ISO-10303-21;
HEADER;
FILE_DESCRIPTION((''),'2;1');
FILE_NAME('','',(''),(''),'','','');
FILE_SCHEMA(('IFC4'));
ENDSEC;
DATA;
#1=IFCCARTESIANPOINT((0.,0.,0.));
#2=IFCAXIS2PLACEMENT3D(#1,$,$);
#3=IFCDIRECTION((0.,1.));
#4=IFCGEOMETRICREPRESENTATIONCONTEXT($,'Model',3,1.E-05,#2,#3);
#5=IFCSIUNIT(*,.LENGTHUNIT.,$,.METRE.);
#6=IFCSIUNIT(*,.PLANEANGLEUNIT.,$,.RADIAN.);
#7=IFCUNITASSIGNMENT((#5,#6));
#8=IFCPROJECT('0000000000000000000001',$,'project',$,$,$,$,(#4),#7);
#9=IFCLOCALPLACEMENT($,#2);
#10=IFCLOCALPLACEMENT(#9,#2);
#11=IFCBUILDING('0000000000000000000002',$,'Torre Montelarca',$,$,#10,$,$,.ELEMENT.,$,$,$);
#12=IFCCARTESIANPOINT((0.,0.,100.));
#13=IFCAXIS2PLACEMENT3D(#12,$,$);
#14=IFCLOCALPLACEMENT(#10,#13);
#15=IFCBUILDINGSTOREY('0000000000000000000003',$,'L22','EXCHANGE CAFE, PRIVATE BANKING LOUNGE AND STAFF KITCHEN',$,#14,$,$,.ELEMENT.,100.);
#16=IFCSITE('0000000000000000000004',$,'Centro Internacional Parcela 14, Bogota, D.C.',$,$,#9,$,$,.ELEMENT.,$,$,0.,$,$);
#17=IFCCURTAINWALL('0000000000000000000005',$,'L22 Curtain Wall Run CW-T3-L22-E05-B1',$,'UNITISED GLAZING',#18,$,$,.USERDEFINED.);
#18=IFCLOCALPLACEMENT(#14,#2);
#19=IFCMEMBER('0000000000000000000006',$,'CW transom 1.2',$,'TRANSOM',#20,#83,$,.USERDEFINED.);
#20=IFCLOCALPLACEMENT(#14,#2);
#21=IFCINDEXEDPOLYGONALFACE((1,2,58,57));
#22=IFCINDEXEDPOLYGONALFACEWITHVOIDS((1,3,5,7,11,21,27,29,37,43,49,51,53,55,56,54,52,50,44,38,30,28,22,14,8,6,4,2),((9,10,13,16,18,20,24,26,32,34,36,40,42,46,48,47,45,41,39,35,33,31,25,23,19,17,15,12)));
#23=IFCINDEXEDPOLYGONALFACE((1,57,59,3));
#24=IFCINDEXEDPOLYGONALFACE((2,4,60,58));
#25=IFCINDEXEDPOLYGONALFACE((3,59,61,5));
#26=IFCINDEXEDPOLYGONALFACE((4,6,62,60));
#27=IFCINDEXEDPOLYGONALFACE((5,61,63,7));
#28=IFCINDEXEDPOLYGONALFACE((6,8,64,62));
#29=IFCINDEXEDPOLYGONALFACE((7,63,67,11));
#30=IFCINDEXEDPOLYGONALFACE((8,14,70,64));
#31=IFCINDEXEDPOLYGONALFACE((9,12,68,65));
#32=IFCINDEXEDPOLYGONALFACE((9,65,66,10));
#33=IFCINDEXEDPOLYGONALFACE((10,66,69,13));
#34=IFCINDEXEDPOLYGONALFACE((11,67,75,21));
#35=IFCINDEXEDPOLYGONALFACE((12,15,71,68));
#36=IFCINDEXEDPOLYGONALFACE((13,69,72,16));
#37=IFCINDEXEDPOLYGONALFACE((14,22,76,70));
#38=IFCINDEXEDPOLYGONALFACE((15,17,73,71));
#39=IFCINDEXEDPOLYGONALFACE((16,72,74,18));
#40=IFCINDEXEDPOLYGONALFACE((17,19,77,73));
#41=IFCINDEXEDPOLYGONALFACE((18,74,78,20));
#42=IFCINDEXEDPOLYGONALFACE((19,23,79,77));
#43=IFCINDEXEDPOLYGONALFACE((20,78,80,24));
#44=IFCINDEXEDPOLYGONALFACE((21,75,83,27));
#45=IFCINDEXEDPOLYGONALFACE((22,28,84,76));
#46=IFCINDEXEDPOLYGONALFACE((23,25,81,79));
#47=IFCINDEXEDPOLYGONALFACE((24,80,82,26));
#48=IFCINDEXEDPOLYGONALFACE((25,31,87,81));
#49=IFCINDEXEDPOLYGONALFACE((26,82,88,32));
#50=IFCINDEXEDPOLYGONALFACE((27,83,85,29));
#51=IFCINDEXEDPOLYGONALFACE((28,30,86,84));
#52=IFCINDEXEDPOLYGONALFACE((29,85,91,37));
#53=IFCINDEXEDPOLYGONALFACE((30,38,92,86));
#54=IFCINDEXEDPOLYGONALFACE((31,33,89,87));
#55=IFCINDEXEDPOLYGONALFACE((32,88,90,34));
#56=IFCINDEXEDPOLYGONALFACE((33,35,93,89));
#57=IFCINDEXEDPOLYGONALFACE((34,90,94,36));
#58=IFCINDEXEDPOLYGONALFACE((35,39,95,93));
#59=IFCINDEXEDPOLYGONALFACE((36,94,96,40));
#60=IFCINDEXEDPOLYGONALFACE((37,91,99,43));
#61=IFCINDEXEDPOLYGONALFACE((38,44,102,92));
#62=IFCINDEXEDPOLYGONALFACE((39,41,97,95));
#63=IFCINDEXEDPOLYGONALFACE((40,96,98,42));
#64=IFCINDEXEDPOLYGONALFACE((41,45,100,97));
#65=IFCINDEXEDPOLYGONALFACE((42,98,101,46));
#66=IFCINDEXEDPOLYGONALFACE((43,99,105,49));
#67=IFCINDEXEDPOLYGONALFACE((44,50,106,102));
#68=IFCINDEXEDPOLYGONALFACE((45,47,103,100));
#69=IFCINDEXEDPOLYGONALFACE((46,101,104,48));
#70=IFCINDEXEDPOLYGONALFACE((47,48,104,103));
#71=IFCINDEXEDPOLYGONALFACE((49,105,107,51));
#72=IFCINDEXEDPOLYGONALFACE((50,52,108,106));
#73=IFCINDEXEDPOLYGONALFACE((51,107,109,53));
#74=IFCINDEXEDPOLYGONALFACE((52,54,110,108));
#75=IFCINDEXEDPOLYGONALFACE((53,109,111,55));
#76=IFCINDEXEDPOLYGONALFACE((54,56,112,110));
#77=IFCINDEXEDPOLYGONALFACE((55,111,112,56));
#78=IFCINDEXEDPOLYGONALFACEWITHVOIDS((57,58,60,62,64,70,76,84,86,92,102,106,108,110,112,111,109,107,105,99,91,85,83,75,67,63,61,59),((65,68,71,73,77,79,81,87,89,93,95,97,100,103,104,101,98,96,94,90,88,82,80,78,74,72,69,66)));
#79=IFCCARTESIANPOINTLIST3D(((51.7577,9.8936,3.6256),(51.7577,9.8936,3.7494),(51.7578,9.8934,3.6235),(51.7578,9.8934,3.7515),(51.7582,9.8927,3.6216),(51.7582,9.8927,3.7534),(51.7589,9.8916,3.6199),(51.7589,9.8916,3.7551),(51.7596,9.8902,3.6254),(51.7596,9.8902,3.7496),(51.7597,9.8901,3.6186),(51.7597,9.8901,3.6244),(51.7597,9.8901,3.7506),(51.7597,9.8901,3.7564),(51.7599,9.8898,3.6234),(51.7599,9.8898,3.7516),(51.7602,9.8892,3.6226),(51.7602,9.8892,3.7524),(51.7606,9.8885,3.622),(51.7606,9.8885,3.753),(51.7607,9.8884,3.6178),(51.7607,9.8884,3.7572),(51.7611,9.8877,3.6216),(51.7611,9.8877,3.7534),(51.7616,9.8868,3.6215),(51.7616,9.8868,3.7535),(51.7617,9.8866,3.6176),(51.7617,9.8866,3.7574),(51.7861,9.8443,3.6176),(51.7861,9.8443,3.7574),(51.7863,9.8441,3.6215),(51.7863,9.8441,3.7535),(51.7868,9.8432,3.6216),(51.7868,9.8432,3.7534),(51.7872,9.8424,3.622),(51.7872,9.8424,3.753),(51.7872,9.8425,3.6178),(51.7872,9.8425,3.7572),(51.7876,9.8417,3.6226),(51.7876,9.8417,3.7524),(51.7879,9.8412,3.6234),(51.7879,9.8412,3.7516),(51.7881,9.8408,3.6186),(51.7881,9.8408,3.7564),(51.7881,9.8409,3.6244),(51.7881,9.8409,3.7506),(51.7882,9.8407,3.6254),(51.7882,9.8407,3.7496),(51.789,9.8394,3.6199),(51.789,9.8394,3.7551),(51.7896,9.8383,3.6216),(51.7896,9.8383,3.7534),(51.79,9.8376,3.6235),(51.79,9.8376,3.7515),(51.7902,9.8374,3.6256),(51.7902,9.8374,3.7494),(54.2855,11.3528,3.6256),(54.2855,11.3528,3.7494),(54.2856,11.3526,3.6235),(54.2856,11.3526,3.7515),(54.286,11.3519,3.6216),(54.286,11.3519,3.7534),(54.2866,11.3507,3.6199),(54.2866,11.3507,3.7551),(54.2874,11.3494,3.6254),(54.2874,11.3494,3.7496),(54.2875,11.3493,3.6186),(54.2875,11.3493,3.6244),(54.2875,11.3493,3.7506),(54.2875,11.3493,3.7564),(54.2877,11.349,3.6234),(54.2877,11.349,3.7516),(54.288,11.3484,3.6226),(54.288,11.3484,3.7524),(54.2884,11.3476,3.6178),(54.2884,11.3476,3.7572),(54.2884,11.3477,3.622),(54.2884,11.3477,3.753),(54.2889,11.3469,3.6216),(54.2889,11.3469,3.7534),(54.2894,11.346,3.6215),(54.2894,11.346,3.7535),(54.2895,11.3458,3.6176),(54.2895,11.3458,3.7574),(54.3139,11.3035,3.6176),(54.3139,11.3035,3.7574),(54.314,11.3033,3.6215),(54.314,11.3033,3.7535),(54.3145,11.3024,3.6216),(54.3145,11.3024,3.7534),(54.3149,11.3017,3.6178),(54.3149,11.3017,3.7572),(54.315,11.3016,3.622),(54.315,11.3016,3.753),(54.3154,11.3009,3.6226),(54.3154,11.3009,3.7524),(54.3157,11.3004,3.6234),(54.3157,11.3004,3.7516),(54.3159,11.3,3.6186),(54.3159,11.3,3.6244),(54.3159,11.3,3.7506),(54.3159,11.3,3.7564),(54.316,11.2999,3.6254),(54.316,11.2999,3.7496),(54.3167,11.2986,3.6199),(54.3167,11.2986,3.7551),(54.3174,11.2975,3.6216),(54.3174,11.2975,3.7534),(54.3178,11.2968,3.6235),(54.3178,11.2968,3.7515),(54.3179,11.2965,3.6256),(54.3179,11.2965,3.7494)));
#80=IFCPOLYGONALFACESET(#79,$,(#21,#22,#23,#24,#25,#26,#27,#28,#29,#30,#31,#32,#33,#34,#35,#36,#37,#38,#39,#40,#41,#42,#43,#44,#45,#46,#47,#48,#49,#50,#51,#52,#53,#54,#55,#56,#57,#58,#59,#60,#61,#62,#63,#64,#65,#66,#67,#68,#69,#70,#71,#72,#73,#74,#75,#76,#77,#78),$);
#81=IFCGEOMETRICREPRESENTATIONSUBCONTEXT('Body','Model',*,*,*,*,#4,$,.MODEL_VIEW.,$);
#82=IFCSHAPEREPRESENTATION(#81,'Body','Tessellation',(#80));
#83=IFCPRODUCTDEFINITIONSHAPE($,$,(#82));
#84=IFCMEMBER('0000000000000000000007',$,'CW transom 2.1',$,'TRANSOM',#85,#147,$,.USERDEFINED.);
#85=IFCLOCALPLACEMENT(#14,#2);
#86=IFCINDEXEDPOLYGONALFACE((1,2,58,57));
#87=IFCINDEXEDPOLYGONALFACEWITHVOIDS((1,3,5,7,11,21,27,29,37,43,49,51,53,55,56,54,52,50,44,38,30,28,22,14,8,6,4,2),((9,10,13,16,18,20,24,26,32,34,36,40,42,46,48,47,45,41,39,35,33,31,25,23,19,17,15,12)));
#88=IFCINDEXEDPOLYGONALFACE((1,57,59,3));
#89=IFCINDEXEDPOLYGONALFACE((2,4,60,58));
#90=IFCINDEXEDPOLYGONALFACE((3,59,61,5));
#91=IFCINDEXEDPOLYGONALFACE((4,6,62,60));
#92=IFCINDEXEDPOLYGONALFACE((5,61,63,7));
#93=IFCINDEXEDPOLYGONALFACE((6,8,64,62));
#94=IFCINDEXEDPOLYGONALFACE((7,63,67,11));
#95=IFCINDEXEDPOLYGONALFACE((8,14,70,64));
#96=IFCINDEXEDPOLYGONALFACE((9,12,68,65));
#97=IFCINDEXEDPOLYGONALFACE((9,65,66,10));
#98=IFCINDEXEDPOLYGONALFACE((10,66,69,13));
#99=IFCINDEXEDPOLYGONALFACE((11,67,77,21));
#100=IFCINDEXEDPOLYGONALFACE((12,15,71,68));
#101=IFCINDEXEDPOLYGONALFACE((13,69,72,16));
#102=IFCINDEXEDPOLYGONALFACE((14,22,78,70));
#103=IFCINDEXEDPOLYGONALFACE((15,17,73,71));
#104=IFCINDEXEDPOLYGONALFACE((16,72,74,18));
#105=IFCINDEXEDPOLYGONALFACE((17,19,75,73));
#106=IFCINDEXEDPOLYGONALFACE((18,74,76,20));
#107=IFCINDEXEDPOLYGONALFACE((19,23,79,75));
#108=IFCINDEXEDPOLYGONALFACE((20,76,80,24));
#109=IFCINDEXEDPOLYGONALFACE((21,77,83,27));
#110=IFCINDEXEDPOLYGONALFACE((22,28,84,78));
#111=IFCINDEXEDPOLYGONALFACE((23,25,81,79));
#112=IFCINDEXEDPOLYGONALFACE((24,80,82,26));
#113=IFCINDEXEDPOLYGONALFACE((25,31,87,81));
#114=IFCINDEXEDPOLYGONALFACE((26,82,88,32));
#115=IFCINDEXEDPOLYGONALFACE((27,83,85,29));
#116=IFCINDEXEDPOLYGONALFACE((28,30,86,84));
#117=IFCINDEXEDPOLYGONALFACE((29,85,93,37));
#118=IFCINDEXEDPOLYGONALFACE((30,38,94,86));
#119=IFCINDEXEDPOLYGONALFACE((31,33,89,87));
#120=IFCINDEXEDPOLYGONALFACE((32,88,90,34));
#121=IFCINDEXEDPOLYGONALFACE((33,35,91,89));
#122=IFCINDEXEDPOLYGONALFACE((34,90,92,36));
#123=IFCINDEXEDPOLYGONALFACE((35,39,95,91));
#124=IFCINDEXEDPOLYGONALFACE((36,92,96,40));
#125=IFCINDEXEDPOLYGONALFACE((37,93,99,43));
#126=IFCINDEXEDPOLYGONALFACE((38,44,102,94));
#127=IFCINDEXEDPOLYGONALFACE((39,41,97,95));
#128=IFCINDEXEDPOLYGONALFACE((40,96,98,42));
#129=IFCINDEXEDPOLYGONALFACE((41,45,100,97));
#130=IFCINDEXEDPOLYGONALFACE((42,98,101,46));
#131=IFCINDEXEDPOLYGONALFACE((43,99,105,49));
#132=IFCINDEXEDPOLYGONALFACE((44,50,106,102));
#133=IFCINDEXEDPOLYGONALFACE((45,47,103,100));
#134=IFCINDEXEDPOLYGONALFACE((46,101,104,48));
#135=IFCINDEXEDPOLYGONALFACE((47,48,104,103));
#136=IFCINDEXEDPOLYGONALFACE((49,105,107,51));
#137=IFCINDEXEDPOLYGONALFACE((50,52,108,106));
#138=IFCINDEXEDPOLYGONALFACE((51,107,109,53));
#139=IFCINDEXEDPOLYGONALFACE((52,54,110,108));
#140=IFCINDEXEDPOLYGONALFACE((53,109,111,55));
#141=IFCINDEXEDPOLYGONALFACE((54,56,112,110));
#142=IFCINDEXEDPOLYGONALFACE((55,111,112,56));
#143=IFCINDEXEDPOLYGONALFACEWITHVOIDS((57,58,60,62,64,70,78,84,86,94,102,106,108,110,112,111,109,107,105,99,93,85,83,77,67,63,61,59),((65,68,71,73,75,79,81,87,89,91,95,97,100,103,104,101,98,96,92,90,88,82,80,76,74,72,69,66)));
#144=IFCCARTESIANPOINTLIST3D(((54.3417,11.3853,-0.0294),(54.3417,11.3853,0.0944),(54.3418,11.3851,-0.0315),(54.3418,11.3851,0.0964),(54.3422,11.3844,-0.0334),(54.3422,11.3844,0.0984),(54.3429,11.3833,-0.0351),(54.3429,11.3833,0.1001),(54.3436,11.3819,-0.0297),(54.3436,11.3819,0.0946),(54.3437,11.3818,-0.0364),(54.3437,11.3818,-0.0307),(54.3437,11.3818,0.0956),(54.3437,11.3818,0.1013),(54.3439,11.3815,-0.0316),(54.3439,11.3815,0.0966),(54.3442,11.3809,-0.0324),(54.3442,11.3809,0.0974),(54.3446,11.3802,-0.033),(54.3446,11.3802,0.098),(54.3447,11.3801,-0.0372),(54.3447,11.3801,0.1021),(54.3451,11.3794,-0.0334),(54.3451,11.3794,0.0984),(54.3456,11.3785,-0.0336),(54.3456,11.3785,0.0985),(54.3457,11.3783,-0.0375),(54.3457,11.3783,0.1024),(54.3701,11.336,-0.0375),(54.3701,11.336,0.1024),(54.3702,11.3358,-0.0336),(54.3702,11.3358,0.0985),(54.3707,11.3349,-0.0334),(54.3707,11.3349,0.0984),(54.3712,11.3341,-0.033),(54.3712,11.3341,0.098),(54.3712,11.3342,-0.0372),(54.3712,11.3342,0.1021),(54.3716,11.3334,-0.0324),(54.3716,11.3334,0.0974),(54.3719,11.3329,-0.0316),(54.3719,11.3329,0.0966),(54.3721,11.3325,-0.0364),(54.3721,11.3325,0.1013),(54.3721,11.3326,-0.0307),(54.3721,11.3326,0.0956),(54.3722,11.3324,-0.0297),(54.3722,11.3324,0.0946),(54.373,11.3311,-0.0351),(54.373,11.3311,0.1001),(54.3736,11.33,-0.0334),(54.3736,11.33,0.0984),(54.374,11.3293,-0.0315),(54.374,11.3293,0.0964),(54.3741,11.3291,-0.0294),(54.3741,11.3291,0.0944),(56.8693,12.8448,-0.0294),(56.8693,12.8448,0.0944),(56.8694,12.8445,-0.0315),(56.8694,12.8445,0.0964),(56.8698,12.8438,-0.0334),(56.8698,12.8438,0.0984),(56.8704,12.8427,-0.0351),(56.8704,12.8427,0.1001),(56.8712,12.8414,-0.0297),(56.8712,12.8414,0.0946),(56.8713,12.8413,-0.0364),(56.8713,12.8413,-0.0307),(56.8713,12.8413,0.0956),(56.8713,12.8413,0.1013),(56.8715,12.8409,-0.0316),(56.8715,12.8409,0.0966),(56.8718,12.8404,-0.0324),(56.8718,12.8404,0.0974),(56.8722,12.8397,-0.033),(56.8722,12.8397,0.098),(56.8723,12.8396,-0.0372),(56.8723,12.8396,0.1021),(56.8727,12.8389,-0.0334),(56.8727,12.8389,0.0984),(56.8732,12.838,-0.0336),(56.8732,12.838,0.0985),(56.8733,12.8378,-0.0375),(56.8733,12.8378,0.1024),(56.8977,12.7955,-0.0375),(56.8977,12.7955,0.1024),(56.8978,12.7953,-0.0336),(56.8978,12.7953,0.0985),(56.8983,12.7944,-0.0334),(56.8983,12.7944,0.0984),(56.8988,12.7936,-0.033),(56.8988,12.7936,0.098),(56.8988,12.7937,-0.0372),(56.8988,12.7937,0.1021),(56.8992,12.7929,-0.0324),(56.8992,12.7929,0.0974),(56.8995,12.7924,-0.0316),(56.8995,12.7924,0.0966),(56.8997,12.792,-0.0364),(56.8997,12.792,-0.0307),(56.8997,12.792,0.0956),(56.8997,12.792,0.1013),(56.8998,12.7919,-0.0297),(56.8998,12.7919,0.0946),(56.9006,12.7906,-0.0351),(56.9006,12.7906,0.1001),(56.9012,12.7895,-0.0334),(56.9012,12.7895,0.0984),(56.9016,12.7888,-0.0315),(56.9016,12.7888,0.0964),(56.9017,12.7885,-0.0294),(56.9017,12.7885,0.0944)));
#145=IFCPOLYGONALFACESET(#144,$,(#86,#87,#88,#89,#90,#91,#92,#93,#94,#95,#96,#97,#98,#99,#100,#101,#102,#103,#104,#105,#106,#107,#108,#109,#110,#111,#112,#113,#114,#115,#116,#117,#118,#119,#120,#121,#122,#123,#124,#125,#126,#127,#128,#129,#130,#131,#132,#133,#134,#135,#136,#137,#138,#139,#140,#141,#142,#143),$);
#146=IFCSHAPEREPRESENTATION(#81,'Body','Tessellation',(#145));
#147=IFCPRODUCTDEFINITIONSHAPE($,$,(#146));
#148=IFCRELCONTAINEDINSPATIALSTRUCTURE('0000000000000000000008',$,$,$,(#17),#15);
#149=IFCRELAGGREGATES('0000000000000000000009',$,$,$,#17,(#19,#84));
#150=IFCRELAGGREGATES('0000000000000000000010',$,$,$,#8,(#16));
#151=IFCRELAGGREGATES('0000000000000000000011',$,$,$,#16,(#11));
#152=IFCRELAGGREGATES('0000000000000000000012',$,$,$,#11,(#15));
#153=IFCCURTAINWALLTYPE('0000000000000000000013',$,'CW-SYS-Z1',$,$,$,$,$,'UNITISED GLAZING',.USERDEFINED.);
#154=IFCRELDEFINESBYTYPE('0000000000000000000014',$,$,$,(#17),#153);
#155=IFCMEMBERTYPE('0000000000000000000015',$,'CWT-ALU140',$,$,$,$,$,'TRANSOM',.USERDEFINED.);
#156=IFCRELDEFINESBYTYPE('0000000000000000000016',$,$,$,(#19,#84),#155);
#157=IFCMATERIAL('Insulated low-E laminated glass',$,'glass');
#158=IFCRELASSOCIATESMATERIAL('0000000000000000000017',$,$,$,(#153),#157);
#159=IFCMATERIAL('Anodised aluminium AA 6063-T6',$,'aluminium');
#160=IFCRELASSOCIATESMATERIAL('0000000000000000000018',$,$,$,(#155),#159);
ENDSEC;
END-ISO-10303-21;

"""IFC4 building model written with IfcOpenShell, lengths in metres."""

from ifc_helpers import new_model, si_unit, direction, frame, origin, origin_2d, place, context, subcontext, project, spatial, hollow_rectangle, extrude, source, transform, mapped, material, material_profile, profile_set, type_object, element, aggregate, save


model = new_model("IFC4")

# Units and contexts
model_context = context("Model", 3, precision=1e-05, world=origin(), true_north=direction((0.0, 1.0)))
body_context = subcontext(model_context, "Body", "Model", "MODEL_VIEW")
ifc_project = project(units=[si_unit("LENGTHUNIT", "METRE"), si_unit("PLANEANGLEUNIT", "RADIAN")], contexts=[model_context])

# Site, building, storey
site_placement = place(None, origin())
site = spatial("IfcSite", under=ifc_project, at=site_placement, Name="Centro Internacional Parcela 14, Bogota, D.C.", CompositionType="ELEMENT", RefElevation=0.0)
building_placement = place(site_placement, origin())
building = spatial("IfcBuilding", under=site, at=building_placement, Name="Torre Montelarca", CompositionType="ELEMENT")
storey_placement = place(building_placement, frame((0.0, 0.0, 100.0)))
storey = spatial("IfcBuildingStorey", under=building, at=storey_placement, Name="L22", Description="EXCHANGE CAFE, PRIVATE BANKING LOUNGE AND STAFF KITCHEN", CompositionType="ELEMENT", Elevation=100.0)

# Curtain wall, members
ifc_material_1 = material(Name="Insulated low-E laminated glass", Category="glass")
curtain_wall_type = type_object("IfcCurtainWallType", Name="CW-SYS-Z1", ElementType="UNITISED GLAZING", PredefinedType="USERDEFINED", material=ifc_material_1)
curtain_wall_1_placement = place(storey_placement, origin())
curtain_wall_1 = element("IfcCurtainWall", 1, at=curtain_wall_1_placement, inside=storey, type_object=curtain_wall_type, Name="L22 Curtain Wall Run CW-T3-L22-E05-B1", ObjectType="UNITISED GLAZING", PredefinedType="USERDEFINED")
ifc_material_2 = material(Name="Anodised aluminium AA 6063-T6", Category="aluminium")
ifc_material_profile_1 = material_profile(ifc_material_2, hollow_rectangle(XDim=0.0649, YDim=0.1399, WallThickness=0.0039, InnerFilletRadius=0.0039, OuterFilletRadius=0.0081, at=origin_2d()), Name="ALU65X140X4", Category="aluminium")
ifc_profile_set_1 = profile_set([ifc_material_profile_1], Name="Anodised aluminium AA 6063-T6")
member_type_1 = type_object("IfcMemberType", Name="CWT-ALU140", ElementType="TRANSOM", PredefinedType="USERDEFINED", material=ifc_profile_set_1)
shared_shape_1 = source(origin(), body_context, "Body", "SweptSolid", [
    extrude(hollow_rectangle(XDim=0.0649, YDim=0.1399, WallThickness=0.0039, InnerFilletRadius=0.0039, OuterFilletRadius=0.0081, at=origin_2d()), origin(), (0.0, 0.0, 1.0), 2.9187),
])
member_1_placement = place(storey_placement, frame((51.7739, 9.8655, 3.6875), z_axis=(0.866057, 0.499944, 0.0), x_axis=(-0.499944, 0.866057, 0.0)))
member_1 = element("IfcMember", 2, at=member_1_placement, type_object=member_type_1, Name="CW transom 1.2", ObjectType="TRANSOM", PredefinedType="USERDEFINED", context=body_context, shape_type="MappedRepresentation", body=[
    mapped(shared_shape_1, transform((0.0, 0.0, 0.0), scale=1.0)),
])
member_2_placement = place(storey_placement, frame((54.3579, 11.3572, 0.0325), z_axis=(0.866, 0.500043, 0.0), x_axis=(-0.500043, 0.866, 0.0)))
member_2 = element("IfcMember", 3, at=member_2_placement, type_object=member_type_1, Name="CW transom 2.1", ObjectType="TRANSOM", PredefinedType="USERDEFINED", context=body_context, shape_type="MappedRepresentation", body=[
    mapped(shared_shape_1, transform((0.0, 0.0, 0.0), scale=1.0)),
])

aggregate(curtain_wall_1, [member_1, member_2])

save(model, "model.ifc")
